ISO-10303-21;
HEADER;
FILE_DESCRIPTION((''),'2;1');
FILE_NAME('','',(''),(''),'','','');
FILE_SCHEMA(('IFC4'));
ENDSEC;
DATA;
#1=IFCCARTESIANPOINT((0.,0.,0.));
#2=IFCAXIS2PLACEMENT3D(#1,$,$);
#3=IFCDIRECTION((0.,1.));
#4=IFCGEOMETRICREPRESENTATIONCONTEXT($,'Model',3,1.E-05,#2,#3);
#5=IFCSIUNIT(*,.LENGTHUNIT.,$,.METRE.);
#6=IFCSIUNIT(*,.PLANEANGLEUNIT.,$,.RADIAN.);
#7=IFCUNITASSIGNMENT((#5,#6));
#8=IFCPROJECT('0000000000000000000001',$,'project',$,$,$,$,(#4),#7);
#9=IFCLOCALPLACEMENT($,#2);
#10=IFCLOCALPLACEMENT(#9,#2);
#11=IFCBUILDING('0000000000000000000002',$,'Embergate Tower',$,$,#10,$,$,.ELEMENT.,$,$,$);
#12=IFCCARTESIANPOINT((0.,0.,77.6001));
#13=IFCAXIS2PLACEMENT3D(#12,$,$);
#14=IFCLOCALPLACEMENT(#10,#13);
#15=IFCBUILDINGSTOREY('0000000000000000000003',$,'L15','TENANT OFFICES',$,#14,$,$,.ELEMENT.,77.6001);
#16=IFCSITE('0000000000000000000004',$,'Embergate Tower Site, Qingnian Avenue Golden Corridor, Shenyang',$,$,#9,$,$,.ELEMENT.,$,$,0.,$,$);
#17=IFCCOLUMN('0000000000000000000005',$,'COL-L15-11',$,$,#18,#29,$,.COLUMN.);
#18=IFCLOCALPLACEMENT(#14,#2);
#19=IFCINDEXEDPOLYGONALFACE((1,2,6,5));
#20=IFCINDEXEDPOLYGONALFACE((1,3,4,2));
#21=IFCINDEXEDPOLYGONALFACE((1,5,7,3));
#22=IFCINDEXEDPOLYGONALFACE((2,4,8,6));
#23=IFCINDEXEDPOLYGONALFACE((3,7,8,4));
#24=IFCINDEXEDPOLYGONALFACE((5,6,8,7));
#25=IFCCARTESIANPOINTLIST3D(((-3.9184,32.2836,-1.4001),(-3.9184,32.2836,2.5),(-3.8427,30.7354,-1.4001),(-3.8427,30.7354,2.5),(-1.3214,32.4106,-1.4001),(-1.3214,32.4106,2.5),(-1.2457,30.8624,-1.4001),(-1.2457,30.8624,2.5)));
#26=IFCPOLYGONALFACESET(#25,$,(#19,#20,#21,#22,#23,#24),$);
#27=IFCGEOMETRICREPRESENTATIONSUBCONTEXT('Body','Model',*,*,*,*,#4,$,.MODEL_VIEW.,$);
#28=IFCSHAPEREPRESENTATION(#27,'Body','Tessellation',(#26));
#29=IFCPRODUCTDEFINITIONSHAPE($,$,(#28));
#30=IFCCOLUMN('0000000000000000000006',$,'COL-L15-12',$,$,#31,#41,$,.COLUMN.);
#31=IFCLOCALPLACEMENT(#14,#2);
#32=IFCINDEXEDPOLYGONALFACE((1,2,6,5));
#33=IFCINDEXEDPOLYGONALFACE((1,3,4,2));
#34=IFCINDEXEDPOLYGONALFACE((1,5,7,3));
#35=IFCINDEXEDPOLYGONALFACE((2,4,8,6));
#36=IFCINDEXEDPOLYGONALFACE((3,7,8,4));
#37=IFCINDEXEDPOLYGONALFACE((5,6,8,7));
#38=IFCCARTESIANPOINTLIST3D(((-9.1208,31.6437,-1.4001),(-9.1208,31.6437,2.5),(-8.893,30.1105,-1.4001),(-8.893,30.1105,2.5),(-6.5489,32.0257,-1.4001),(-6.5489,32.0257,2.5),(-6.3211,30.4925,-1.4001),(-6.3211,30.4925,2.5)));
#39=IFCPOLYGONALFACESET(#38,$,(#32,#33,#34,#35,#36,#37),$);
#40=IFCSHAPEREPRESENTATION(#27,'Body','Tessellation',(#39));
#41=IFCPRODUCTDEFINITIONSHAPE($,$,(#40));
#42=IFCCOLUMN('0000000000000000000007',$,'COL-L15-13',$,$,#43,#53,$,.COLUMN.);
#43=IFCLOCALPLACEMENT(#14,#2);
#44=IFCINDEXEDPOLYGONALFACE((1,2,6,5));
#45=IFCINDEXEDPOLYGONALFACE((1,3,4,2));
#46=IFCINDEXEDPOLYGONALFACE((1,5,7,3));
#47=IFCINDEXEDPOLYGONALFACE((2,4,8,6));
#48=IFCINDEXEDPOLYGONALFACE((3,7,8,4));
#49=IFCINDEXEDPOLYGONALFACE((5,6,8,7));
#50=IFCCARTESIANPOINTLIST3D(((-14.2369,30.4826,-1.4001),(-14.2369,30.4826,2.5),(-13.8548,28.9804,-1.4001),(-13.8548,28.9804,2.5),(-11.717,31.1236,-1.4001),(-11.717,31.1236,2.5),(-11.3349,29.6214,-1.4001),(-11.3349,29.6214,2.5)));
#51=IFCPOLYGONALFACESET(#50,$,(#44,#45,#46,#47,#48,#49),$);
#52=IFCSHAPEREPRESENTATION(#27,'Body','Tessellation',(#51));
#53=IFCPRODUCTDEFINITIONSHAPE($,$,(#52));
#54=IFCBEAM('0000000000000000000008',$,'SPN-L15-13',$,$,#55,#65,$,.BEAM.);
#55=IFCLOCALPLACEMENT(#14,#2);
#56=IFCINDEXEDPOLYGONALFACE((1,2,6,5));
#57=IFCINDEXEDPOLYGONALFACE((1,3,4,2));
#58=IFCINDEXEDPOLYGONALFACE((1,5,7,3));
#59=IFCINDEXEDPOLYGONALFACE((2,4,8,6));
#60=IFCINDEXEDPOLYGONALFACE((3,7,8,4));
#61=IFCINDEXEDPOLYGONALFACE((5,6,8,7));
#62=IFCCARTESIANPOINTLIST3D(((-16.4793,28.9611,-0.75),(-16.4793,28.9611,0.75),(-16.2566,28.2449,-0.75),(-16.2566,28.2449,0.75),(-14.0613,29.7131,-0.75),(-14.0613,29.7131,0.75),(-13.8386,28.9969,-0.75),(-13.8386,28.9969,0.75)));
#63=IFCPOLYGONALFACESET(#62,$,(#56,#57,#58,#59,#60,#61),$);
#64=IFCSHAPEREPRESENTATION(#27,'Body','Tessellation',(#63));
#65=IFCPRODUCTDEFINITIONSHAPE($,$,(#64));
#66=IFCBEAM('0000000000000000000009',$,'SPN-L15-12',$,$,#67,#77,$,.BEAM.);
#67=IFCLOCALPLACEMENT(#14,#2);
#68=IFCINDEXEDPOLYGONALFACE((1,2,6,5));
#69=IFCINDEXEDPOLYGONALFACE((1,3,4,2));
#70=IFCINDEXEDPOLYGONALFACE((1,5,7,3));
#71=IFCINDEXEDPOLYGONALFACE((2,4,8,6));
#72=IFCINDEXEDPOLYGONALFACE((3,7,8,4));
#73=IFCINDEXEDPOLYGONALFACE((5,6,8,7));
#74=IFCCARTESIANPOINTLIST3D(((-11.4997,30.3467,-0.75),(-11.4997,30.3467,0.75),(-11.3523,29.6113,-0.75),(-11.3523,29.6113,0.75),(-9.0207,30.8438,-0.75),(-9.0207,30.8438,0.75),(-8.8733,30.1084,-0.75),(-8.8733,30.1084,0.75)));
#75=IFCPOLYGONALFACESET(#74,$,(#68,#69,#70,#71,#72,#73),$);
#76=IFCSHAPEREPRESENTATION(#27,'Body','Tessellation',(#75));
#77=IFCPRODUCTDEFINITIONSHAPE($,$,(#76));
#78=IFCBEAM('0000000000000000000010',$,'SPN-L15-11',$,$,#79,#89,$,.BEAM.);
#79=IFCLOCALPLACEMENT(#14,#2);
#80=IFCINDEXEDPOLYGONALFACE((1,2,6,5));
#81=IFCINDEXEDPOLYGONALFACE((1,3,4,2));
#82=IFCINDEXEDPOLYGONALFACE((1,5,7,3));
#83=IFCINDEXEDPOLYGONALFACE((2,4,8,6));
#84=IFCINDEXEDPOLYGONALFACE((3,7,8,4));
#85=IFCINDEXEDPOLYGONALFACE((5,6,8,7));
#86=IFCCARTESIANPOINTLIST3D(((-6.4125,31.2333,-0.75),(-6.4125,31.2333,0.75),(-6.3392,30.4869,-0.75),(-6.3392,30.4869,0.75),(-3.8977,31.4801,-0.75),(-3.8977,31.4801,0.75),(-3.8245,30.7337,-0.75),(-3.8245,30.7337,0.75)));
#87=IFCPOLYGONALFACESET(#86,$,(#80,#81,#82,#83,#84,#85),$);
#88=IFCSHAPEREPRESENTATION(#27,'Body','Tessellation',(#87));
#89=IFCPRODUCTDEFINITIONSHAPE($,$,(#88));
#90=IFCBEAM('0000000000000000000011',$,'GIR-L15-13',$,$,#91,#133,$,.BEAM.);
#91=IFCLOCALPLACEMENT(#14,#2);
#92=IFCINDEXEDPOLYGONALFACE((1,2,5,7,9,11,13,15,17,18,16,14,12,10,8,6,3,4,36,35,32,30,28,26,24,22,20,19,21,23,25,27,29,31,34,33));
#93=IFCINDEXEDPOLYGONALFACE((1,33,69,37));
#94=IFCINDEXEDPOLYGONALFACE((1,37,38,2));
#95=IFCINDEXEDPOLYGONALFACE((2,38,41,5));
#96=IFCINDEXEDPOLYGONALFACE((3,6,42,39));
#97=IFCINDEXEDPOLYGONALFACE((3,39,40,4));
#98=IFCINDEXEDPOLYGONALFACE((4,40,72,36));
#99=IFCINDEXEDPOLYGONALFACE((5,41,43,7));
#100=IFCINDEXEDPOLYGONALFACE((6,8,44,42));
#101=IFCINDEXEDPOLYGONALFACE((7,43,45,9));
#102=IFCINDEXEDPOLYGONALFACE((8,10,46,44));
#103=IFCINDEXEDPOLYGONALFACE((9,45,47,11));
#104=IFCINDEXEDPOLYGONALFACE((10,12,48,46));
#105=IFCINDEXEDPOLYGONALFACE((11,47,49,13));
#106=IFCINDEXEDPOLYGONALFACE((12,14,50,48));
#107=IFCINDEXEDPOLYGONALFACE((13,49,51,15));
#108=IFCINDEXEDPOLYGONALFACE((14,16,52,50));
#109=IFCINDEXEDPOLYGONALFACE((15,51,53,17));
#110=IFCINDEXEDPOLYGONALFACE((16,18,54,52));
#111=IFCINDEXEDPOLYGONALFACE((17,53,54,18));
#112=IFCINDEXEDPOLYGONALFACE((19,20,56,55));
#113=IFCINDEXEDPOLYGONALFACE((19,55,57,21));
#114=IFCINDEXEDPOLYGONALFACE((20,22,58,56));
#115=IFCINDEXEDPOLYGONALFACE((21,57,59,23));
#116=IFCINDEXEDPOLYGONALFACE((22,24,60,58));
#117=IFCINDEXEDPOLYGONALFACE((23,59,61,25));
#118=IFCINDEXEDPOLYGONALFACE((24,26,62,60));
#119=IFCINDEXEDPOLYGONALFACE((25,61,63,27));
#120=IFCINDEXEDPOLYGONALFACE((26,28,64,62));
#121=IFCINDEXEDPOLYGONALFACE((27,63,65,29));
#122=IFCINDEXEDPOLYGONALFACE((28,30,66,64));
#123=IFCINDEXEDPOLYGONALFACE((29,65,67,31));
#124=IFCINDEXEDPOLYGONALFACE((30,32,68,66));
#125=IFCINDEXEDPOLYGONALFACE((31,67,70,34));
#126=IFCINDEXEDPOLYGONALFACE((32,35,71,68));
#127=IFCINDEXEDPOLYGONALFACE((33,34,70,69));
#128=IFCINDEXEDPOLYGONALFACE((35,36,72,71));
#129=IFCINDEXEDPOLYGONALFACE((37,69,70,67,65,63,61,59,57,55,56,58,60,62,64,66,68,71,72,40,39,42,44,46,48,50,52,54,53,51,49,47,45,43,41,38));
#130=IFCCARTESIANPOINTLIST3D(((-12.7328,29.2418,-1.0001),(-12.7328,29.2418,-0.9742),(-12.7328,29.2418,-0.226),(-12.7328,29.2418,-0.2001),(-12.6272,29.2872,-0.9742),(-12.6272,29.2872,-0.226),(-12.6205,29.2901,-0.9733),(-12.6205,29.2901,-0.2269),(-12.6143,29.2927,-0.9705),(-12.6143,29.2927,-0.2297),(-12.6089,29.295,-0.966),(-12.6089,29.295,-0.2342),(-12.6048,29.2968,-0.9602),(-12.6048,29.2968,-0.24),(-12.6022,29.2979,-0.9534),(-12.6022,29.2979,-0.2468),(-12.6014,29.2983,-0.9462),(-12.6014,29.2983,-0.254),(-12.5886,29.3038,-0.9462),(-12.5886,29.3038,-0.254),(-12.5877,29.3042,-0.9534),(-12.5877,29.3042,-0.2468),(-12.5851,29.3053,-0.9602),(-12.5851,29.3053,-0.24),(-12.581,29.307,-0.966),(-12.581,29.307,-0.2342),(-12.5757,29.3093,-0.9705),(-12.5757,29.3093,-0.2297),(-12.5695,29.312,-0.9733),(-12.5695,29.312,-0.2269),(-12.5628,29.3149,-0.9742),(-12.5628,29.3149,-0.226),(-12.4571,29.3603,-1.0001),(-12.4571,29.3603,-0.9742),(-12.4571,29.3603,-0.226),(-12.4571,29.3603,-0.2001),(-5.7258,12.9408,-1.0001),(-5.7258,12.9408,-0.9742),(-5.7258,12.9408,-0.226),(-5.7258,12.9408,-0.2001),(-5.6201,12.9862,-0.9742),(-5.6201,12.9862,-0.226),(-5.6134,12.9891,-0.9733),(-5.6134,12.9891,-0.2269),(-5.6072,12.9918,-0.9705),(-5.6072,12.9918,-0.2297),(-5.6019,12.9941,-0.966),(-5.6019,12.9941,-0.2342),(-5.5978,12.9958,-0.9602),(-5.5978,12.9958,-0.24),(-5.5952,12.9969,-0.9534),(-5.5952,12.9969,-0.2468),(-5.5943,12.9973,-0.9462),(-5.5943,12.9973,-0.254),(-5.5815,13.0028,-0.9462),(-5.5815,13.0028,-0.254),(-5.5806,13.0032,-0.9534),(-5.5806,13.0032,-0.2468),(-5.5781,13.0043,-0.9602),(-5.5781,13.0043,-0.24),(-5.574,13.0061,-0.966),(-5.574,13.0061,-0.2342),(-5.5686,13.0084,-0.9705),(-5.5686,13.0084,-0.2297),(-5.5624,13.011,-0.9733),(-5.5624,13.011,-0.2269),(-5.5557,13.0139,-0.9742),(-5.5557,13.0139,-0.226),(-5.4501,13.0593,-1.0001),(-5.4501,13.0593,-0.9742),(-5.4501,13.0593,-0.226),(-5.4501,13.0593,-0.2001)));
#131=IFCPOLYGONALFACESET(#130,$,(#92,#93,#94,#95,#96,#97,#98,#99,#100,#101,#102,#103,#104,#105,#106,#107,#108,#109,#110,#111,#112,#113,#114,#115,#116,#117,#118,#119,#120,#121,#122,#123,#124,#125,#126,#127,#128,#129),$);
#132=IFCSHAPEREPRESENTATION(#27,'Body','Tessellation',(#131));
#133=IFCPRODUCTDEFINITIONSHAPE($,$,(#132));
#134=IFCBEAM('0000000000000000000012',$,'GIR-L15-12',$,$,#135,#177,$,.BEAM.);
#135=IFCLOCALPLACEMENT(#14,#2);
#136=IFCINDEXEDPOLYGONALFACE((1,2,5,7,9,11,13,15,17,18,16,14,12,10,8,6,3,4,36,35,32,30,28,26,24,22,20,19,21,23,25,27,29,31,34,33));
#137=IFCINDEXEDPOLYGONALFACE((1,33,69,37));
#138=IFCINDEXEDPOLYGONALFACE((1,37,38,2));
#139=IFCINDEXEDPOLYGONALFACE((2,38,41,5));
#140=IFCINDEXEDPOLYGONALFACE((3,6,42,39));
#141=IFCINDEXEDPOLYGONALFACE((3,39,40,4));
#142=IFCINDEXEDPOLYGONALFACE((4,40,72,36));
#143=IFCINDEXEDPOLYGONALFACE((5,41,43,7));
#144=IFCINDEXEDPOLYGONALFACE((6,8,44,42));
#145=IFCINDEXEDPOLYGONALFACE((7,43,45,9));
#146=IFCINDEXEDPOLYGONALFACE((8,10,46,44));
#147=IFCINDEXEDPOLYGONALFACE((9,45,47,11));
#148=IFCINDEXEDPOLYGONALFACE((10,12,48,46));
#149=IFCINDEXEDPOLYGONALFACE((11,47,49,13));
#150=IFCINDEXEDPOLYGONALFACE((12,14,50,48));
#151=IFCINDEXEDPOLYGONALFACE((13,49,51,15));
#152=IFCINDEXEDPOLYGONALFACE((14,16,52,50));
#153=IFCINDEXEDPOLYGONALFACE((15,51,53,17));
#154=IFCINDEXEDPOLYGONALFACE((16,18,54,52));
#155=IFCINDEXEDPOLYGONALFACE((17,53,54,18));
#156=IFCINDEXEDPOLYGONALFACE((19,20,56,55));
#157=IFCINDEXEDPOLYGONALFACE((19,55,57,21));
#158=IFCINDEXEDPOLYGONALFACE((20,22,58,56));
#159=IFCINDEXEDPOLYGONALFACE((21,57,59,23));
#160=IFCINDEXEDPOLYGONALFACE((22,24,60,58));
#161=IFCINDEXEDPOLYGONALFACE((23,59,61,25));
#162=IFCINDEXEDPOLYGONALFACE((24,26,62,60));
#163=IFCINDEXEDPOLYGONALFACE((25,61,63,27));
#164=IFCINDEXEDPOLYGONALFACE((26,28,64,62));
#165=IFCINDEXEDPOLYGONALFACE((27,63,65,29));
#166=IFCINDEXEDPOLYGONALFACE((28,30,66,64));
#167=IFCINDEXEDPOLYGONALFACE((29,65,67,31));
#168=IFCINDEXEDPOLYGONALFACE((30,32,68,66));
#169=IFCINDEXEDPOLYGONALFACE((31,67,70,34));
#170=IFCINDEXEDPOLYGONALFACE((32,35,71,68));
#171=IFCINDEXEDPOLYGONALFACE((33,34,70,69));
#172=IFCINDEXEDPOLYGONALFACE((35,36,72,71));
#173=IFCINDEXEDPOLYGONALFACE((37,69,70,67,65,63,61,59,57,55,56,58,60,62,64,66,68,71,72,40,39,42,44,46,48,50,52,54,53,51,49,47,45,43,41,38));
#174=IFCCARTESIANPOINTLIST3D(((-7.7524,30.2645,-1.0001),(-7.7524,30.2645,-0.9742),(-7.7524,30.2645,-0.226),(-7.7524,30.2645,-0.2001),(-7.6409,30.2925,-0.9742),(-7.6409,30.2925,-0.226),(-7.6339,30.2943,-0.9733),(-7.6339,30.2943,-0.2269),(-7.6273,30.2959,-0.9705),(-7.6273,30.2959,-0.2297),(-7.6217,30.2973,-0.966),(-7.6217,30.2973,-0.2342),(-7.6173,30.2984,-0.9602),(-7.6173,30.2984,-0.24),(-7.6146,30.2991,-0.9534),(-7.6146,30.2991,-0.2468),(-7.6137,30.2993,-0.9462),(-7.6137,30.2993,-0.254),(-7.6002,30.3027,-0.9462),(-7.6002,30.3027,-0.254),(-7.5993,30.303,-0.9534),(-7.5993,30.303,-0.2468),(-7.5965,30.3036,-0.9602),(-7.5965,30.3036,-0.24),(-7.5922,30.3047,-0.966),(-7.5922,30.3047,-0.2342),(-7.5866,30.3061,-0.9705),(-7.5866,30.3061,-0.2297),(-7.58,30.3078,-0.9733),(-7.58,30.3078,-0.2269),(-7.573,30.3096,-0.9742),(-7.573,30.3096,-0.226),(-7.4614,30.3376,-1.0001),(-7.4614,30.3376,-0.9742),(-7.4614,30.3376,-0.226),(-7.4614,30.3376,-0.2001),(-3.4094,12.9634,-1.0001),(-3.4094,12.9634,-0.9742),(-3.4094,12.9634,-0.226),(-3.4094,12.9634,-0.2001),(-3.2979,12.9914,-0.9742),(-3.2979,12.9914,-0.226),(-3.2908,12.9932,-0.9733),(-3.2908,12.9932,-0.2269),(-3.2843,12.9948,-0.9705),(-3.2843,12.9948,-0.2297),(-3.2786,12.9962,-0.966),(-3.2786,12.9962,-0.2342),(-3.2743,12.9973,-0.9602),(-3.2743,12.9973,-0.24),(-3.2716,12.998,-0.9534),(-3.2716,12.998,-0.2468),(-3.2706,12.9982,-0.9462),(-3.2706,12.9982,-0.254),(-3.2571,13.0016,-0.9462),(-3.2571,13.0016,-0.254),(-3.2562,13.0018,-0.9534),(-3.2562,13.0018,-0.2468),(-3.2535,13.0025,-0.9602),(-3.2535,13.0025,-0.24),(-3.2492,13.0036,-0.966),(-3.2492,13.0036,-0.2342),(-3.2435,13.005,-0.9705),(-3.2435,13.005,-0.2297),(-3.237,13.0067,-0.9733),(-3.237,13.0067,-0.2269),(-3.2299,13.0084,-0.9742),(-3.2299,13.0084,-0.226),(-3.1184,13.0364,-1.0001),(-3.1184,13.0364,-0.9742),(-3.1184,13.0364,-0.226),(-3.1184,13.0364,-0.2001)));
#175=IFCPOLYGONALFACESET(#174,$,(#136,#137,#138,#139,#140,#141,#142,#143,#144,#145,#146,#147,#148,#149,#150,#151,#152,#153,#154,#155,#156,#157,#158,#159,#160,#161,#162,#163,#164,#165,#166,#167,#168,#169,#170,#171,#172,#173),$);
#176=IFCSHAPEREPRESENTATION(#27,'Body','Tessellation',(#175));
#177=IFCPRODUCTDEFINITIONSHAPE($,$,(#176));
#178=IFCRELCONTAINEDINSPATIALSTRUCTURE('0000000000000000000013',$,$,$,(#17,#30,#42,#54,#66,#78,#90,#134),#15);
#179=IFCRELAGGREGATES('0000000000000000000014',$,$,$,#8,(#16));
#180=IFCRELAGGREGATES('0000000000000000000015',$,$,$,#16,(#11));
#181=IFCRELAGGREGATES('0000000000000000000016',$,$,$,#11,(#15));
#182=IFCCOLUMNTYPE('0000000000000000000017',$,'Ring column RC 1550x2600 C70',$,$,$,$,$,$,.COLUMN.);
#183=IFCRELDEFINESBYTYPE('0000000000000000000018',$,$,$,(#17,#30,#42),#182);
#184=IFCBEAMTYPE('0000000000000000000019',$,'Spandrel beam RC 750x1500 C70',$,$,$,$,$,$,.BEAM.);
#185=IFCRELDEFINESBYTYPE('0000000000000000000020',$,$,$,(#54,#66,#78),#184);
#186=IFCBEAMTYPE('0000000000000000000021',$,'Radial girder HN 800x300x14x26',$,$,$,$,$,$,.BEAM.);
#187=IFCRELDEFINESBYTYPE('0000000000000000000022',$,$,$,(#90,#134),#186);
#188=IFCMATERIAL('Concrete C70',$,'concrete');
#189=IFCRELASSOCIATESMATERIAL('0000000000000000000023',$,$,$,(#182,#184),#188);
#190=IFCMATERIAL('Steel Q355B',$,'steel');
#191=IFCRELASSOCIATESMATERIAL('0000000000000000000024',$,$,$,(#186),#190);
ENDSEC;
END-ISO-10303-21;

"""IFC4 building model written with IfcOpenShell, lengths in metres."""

from ifc_helpers import new_model, si_unit, direction, frame, origin, origin_2d, place, context, subcontext, project, spatial, rectangle, i_section, extrude, source, transform, mapped, material, material_profile, profile_set, type_object, element, save


model = new_model("IFC4")

# Units and contexts
model_context = context("Model", 3, precision=1e-05, world=origin(), true_north=direction((0.0, 1.0)))
body_context = subcontext(model_context, "Body", "Model", "MODEL_VIEW")
ifc_project = project(units=[si_unit("LENGTHUNIT", "METRE"), si_unit("PLANEANGLEUNIT", "RADIAN")], contexts=[model_context])

# Site, building, storey
site_placement = place(None, origin())
site = spatial("IfcSite", under=ifc_project, at=site_placement, Name="Embergate Tower Site, Qingnian Avenue Golden Corridor, Shenyang", CompositionType="ELEMENT", RefElevation=0.0)
building_placement = place(site_placement, origin())
building = spatial("IfcBuilding", under=site, at=building_placement, Name="Embergate Tower", CompositionType="ELEMENT")
storey_placement = place(building_placement, frame((0.0, 0.0, 77.6001)))
storey = spatial("IfcBuildingStorey", under=building, at=storey_placement, Name="L15", Description="TENANT OFFICES", CompositionType="ELEMENT", Elevation=77.6001)

# Columns
ifc_material_1 = material(Name="Concrete C70", Category="concrete")
ifc_material_profile_1 = material_profile(ifc_material_1, rectangle(XDim=1.55, YDim=2.6001, at=origin_2d()), Name="RC 1550x2600")
ifc_profile_set_1 = profile_set([ifc_material_profile_1], Name="Concrete C70")
column_type = type_object("IfcColumnType", Name="Ring column RC 1550x2600 C70", PredefinedType="COLUMN", material=ifc_profile_set_1)
shared_shape_1 = source(origin(), body_context, "Body", "SweptSolid", [
    extrude(rectangle(XDim=1.55, YDim=2.6001, at=origin_2d()), origin(), (0.0, 0.0, 1.0), 3.9001),
])
for number, where, z_axis, x_axis, name in (
    (1, (-2.582, 31.573, -1.4001), (0.0, 0.0, 1.0), (-0.048815, 0.998808, 0.0), "COL-L15-11"),
    (2, (-7.7209, 31.0681, -1.4001), (0.0, 0.0, 1.0), (-0.146929, 0.989147, 0.0), "COL-L15-12"),
    (3, (-12.7859, 30.052, -1.4001), (0.0, 0.0, 1.0), (-0.246509, 0.969141, 0.0), "COL-L15-13"),
):
    element("IfcColumn", number, at=place(storey_placement, frame(where, z_axis=z_axis, x_axis=x_axis)), inside=storey, type_object=column_type, Name=name, PredefinedType="COLUMN", context=body_context, shape_type="MappedRepresentation", body=[
        mapped(shared_shape_1, transform((0.0, 0.0, 0.0))),
    ])

# Beams
ifc_material_profile_2 = material_profile(ifc_material_1, rectangle(XDim=0.75, YDim=1.5, at=origin_2d()), Name="RC 750x1500")
ifc_profile_set_2 = profile_set([ifc_material_profile_2], Name="Concrete C70")
beam_type_1 = type_object("IfcBeamType", Name="Spandrel beam RC 750x1500 C70", PredefinedType="BEAM", material=ifc_profile_set_2)
shared_shape_2 = source(origin(), body_context, "Body", "SweptSolid", [
    extrude(rectangle(XDim=0.75, YDim=1.5, at=origin_2d()), origin(), (0.0, 0.0, 1.0), 2.5322),
])
beam_1_placement = place(storey_placement, frame((-13.95, 29.355, 0.0), z_axis=(-0.954891, -0.296957, 0.0), x_axis=(0.296957, -0.954891, 0.0)))
element("IfcBeam", 4, at=beam_1_placement, inside=storey, type_object=beam_type_1, Name="SPN-L15-13", PredefinedType="BEAM", context=body_context, shape_type="MappedRepresentation", body=[
    mapped(shared_shape_2, transform((0.0, 0.0, 0.0))),
])
shared_shape_3 = source(origin(), body_context, "Body", "SweptSolid", [
    extrude(rectangle(XDim=0.75, YDim=1.5, at=origin_2d()), origin(), (0.0, 0.0, 1.0), 2.5283),
])
beam_2_placement = place(storey_placement, frame((-8.947, 30.4761, 0.0), z_axis=(-0.980484, -0.196599, 0.0), x_axis=(0.196599, -0.980484, 0.0)))
element("IfcBeam", 5, at=beam_2_placement, inside=storey, type_object=beam_type_1, Name="SPN-L15-12", PredefinedType="BEAM", context=body_context, shape_type="MappedRepresentation", body=[
    mapped(shared_shape_3, transform((0.0, 0.0, 0.0))),
])
shared_shape_4 = source(origin(), body_context, "Body", "SweptSolid", [
    extrude(rectangle(XDim=0.75, YDim=1.5, at=origin_2d()), origin(), (0.0, 0.0, 1.0), 2.5269),
])
beam_3_placement = place(storey_placement, frame((-3.8611, 31.1069, 0.0), z_axis=(-0.995218, -0.097676, 0.0), x_axis=(0.097676, -0.995218, 0.0)))
element("IfcBeam", 6, at=beam_3_placement, inside=storey, type_object=beam_type_1, Name="SPN-L15-11", PredefinedType="BEAM", context=body_context, shape_type="MappedRepresentation", body=[
    mapped(shared_shape_4, transform((0.0, 0.0, 0.0))),
])
ifc_material_2 = material(Name="Steel Q355B", Category="steel")
ifc_material_profile_3 = material_profile(ifc_material_2, i_section(OverallWidth=0.3, OverallDepth=0.8, WebThickness=0.0139, FlangeThickness=0.0259, FilletRadius=0.0281, at=origin_2d()), Name="HN 800x300x14x26")
ifc_profile_set_3 = profile_set([ifc_material_profile_3], Name="Steel Q355 grade B")
beam_type_2 = type_object("IfcBeamType", Name="Radial girder HN 800x300x14x26", PredefinedType="BEAM", material=ifc_profile_set_3)
shared_shape_5 = source(origin(), body_context, "Body", "SweptSolid", [
    extrude(i_section(OverallWidth=0.3, OverallDepth=0.8, WebThickness=0.0139, FlangeThickness=0.0259, FilletRadius=0.0281, at=origin_2d()), origin(), (0.0, 0.0, 1.0), 17.7432),
])
beam_4_placement = place(storey_placement, frame((-12.595, 29.301, -0.6001), z_axis=(0.394915, -0.918717, 0.0), x_axis=(0.918717, 0.394915, 0.0)))
element("IfcBeam", 7, at=beam_4_placement, inside=storey, type_object=beam_type_2, Name="GIR-L15-13", PredefinedType="BEAM", context=body_context, shape_type="MappedRepresentation", body=[
    mapped(shared_shape_5, transform((0.0, 0.0, 0.0))),
])
shared_shape_6 = source(origin(), body_context, "Body", "SweptSolid", [
    extrude(i_section(OverallWidth=0.3, OverallDepth=0.8, WebThickness=0.0139, FlangeThickness=0.0259, FilletRadius=0.0281, at=origin_2d()), origin(), (0.0, 0.0, 1.0), 17.8379),
])
beam_5_placement = place(storey_placement, frame((-7.6069, 30.301, -0.6001), z_axis=(0.243473, -0.969908, 0.0), x_axis=(0.969908, 0.243473, 0.0)))
element("IfcBeam", 8, at=beam_5_placement, inside=storey, type_object=beam_type_2, Name="GIR-L15-12", PredefinedType="BEAM", context=body_context, shape_type="MappedRepresentation", body=[
    mapped(shared_shape_6, transform((0.0, 0.0, 0.0))),
])

save(model, "model.ifc")
